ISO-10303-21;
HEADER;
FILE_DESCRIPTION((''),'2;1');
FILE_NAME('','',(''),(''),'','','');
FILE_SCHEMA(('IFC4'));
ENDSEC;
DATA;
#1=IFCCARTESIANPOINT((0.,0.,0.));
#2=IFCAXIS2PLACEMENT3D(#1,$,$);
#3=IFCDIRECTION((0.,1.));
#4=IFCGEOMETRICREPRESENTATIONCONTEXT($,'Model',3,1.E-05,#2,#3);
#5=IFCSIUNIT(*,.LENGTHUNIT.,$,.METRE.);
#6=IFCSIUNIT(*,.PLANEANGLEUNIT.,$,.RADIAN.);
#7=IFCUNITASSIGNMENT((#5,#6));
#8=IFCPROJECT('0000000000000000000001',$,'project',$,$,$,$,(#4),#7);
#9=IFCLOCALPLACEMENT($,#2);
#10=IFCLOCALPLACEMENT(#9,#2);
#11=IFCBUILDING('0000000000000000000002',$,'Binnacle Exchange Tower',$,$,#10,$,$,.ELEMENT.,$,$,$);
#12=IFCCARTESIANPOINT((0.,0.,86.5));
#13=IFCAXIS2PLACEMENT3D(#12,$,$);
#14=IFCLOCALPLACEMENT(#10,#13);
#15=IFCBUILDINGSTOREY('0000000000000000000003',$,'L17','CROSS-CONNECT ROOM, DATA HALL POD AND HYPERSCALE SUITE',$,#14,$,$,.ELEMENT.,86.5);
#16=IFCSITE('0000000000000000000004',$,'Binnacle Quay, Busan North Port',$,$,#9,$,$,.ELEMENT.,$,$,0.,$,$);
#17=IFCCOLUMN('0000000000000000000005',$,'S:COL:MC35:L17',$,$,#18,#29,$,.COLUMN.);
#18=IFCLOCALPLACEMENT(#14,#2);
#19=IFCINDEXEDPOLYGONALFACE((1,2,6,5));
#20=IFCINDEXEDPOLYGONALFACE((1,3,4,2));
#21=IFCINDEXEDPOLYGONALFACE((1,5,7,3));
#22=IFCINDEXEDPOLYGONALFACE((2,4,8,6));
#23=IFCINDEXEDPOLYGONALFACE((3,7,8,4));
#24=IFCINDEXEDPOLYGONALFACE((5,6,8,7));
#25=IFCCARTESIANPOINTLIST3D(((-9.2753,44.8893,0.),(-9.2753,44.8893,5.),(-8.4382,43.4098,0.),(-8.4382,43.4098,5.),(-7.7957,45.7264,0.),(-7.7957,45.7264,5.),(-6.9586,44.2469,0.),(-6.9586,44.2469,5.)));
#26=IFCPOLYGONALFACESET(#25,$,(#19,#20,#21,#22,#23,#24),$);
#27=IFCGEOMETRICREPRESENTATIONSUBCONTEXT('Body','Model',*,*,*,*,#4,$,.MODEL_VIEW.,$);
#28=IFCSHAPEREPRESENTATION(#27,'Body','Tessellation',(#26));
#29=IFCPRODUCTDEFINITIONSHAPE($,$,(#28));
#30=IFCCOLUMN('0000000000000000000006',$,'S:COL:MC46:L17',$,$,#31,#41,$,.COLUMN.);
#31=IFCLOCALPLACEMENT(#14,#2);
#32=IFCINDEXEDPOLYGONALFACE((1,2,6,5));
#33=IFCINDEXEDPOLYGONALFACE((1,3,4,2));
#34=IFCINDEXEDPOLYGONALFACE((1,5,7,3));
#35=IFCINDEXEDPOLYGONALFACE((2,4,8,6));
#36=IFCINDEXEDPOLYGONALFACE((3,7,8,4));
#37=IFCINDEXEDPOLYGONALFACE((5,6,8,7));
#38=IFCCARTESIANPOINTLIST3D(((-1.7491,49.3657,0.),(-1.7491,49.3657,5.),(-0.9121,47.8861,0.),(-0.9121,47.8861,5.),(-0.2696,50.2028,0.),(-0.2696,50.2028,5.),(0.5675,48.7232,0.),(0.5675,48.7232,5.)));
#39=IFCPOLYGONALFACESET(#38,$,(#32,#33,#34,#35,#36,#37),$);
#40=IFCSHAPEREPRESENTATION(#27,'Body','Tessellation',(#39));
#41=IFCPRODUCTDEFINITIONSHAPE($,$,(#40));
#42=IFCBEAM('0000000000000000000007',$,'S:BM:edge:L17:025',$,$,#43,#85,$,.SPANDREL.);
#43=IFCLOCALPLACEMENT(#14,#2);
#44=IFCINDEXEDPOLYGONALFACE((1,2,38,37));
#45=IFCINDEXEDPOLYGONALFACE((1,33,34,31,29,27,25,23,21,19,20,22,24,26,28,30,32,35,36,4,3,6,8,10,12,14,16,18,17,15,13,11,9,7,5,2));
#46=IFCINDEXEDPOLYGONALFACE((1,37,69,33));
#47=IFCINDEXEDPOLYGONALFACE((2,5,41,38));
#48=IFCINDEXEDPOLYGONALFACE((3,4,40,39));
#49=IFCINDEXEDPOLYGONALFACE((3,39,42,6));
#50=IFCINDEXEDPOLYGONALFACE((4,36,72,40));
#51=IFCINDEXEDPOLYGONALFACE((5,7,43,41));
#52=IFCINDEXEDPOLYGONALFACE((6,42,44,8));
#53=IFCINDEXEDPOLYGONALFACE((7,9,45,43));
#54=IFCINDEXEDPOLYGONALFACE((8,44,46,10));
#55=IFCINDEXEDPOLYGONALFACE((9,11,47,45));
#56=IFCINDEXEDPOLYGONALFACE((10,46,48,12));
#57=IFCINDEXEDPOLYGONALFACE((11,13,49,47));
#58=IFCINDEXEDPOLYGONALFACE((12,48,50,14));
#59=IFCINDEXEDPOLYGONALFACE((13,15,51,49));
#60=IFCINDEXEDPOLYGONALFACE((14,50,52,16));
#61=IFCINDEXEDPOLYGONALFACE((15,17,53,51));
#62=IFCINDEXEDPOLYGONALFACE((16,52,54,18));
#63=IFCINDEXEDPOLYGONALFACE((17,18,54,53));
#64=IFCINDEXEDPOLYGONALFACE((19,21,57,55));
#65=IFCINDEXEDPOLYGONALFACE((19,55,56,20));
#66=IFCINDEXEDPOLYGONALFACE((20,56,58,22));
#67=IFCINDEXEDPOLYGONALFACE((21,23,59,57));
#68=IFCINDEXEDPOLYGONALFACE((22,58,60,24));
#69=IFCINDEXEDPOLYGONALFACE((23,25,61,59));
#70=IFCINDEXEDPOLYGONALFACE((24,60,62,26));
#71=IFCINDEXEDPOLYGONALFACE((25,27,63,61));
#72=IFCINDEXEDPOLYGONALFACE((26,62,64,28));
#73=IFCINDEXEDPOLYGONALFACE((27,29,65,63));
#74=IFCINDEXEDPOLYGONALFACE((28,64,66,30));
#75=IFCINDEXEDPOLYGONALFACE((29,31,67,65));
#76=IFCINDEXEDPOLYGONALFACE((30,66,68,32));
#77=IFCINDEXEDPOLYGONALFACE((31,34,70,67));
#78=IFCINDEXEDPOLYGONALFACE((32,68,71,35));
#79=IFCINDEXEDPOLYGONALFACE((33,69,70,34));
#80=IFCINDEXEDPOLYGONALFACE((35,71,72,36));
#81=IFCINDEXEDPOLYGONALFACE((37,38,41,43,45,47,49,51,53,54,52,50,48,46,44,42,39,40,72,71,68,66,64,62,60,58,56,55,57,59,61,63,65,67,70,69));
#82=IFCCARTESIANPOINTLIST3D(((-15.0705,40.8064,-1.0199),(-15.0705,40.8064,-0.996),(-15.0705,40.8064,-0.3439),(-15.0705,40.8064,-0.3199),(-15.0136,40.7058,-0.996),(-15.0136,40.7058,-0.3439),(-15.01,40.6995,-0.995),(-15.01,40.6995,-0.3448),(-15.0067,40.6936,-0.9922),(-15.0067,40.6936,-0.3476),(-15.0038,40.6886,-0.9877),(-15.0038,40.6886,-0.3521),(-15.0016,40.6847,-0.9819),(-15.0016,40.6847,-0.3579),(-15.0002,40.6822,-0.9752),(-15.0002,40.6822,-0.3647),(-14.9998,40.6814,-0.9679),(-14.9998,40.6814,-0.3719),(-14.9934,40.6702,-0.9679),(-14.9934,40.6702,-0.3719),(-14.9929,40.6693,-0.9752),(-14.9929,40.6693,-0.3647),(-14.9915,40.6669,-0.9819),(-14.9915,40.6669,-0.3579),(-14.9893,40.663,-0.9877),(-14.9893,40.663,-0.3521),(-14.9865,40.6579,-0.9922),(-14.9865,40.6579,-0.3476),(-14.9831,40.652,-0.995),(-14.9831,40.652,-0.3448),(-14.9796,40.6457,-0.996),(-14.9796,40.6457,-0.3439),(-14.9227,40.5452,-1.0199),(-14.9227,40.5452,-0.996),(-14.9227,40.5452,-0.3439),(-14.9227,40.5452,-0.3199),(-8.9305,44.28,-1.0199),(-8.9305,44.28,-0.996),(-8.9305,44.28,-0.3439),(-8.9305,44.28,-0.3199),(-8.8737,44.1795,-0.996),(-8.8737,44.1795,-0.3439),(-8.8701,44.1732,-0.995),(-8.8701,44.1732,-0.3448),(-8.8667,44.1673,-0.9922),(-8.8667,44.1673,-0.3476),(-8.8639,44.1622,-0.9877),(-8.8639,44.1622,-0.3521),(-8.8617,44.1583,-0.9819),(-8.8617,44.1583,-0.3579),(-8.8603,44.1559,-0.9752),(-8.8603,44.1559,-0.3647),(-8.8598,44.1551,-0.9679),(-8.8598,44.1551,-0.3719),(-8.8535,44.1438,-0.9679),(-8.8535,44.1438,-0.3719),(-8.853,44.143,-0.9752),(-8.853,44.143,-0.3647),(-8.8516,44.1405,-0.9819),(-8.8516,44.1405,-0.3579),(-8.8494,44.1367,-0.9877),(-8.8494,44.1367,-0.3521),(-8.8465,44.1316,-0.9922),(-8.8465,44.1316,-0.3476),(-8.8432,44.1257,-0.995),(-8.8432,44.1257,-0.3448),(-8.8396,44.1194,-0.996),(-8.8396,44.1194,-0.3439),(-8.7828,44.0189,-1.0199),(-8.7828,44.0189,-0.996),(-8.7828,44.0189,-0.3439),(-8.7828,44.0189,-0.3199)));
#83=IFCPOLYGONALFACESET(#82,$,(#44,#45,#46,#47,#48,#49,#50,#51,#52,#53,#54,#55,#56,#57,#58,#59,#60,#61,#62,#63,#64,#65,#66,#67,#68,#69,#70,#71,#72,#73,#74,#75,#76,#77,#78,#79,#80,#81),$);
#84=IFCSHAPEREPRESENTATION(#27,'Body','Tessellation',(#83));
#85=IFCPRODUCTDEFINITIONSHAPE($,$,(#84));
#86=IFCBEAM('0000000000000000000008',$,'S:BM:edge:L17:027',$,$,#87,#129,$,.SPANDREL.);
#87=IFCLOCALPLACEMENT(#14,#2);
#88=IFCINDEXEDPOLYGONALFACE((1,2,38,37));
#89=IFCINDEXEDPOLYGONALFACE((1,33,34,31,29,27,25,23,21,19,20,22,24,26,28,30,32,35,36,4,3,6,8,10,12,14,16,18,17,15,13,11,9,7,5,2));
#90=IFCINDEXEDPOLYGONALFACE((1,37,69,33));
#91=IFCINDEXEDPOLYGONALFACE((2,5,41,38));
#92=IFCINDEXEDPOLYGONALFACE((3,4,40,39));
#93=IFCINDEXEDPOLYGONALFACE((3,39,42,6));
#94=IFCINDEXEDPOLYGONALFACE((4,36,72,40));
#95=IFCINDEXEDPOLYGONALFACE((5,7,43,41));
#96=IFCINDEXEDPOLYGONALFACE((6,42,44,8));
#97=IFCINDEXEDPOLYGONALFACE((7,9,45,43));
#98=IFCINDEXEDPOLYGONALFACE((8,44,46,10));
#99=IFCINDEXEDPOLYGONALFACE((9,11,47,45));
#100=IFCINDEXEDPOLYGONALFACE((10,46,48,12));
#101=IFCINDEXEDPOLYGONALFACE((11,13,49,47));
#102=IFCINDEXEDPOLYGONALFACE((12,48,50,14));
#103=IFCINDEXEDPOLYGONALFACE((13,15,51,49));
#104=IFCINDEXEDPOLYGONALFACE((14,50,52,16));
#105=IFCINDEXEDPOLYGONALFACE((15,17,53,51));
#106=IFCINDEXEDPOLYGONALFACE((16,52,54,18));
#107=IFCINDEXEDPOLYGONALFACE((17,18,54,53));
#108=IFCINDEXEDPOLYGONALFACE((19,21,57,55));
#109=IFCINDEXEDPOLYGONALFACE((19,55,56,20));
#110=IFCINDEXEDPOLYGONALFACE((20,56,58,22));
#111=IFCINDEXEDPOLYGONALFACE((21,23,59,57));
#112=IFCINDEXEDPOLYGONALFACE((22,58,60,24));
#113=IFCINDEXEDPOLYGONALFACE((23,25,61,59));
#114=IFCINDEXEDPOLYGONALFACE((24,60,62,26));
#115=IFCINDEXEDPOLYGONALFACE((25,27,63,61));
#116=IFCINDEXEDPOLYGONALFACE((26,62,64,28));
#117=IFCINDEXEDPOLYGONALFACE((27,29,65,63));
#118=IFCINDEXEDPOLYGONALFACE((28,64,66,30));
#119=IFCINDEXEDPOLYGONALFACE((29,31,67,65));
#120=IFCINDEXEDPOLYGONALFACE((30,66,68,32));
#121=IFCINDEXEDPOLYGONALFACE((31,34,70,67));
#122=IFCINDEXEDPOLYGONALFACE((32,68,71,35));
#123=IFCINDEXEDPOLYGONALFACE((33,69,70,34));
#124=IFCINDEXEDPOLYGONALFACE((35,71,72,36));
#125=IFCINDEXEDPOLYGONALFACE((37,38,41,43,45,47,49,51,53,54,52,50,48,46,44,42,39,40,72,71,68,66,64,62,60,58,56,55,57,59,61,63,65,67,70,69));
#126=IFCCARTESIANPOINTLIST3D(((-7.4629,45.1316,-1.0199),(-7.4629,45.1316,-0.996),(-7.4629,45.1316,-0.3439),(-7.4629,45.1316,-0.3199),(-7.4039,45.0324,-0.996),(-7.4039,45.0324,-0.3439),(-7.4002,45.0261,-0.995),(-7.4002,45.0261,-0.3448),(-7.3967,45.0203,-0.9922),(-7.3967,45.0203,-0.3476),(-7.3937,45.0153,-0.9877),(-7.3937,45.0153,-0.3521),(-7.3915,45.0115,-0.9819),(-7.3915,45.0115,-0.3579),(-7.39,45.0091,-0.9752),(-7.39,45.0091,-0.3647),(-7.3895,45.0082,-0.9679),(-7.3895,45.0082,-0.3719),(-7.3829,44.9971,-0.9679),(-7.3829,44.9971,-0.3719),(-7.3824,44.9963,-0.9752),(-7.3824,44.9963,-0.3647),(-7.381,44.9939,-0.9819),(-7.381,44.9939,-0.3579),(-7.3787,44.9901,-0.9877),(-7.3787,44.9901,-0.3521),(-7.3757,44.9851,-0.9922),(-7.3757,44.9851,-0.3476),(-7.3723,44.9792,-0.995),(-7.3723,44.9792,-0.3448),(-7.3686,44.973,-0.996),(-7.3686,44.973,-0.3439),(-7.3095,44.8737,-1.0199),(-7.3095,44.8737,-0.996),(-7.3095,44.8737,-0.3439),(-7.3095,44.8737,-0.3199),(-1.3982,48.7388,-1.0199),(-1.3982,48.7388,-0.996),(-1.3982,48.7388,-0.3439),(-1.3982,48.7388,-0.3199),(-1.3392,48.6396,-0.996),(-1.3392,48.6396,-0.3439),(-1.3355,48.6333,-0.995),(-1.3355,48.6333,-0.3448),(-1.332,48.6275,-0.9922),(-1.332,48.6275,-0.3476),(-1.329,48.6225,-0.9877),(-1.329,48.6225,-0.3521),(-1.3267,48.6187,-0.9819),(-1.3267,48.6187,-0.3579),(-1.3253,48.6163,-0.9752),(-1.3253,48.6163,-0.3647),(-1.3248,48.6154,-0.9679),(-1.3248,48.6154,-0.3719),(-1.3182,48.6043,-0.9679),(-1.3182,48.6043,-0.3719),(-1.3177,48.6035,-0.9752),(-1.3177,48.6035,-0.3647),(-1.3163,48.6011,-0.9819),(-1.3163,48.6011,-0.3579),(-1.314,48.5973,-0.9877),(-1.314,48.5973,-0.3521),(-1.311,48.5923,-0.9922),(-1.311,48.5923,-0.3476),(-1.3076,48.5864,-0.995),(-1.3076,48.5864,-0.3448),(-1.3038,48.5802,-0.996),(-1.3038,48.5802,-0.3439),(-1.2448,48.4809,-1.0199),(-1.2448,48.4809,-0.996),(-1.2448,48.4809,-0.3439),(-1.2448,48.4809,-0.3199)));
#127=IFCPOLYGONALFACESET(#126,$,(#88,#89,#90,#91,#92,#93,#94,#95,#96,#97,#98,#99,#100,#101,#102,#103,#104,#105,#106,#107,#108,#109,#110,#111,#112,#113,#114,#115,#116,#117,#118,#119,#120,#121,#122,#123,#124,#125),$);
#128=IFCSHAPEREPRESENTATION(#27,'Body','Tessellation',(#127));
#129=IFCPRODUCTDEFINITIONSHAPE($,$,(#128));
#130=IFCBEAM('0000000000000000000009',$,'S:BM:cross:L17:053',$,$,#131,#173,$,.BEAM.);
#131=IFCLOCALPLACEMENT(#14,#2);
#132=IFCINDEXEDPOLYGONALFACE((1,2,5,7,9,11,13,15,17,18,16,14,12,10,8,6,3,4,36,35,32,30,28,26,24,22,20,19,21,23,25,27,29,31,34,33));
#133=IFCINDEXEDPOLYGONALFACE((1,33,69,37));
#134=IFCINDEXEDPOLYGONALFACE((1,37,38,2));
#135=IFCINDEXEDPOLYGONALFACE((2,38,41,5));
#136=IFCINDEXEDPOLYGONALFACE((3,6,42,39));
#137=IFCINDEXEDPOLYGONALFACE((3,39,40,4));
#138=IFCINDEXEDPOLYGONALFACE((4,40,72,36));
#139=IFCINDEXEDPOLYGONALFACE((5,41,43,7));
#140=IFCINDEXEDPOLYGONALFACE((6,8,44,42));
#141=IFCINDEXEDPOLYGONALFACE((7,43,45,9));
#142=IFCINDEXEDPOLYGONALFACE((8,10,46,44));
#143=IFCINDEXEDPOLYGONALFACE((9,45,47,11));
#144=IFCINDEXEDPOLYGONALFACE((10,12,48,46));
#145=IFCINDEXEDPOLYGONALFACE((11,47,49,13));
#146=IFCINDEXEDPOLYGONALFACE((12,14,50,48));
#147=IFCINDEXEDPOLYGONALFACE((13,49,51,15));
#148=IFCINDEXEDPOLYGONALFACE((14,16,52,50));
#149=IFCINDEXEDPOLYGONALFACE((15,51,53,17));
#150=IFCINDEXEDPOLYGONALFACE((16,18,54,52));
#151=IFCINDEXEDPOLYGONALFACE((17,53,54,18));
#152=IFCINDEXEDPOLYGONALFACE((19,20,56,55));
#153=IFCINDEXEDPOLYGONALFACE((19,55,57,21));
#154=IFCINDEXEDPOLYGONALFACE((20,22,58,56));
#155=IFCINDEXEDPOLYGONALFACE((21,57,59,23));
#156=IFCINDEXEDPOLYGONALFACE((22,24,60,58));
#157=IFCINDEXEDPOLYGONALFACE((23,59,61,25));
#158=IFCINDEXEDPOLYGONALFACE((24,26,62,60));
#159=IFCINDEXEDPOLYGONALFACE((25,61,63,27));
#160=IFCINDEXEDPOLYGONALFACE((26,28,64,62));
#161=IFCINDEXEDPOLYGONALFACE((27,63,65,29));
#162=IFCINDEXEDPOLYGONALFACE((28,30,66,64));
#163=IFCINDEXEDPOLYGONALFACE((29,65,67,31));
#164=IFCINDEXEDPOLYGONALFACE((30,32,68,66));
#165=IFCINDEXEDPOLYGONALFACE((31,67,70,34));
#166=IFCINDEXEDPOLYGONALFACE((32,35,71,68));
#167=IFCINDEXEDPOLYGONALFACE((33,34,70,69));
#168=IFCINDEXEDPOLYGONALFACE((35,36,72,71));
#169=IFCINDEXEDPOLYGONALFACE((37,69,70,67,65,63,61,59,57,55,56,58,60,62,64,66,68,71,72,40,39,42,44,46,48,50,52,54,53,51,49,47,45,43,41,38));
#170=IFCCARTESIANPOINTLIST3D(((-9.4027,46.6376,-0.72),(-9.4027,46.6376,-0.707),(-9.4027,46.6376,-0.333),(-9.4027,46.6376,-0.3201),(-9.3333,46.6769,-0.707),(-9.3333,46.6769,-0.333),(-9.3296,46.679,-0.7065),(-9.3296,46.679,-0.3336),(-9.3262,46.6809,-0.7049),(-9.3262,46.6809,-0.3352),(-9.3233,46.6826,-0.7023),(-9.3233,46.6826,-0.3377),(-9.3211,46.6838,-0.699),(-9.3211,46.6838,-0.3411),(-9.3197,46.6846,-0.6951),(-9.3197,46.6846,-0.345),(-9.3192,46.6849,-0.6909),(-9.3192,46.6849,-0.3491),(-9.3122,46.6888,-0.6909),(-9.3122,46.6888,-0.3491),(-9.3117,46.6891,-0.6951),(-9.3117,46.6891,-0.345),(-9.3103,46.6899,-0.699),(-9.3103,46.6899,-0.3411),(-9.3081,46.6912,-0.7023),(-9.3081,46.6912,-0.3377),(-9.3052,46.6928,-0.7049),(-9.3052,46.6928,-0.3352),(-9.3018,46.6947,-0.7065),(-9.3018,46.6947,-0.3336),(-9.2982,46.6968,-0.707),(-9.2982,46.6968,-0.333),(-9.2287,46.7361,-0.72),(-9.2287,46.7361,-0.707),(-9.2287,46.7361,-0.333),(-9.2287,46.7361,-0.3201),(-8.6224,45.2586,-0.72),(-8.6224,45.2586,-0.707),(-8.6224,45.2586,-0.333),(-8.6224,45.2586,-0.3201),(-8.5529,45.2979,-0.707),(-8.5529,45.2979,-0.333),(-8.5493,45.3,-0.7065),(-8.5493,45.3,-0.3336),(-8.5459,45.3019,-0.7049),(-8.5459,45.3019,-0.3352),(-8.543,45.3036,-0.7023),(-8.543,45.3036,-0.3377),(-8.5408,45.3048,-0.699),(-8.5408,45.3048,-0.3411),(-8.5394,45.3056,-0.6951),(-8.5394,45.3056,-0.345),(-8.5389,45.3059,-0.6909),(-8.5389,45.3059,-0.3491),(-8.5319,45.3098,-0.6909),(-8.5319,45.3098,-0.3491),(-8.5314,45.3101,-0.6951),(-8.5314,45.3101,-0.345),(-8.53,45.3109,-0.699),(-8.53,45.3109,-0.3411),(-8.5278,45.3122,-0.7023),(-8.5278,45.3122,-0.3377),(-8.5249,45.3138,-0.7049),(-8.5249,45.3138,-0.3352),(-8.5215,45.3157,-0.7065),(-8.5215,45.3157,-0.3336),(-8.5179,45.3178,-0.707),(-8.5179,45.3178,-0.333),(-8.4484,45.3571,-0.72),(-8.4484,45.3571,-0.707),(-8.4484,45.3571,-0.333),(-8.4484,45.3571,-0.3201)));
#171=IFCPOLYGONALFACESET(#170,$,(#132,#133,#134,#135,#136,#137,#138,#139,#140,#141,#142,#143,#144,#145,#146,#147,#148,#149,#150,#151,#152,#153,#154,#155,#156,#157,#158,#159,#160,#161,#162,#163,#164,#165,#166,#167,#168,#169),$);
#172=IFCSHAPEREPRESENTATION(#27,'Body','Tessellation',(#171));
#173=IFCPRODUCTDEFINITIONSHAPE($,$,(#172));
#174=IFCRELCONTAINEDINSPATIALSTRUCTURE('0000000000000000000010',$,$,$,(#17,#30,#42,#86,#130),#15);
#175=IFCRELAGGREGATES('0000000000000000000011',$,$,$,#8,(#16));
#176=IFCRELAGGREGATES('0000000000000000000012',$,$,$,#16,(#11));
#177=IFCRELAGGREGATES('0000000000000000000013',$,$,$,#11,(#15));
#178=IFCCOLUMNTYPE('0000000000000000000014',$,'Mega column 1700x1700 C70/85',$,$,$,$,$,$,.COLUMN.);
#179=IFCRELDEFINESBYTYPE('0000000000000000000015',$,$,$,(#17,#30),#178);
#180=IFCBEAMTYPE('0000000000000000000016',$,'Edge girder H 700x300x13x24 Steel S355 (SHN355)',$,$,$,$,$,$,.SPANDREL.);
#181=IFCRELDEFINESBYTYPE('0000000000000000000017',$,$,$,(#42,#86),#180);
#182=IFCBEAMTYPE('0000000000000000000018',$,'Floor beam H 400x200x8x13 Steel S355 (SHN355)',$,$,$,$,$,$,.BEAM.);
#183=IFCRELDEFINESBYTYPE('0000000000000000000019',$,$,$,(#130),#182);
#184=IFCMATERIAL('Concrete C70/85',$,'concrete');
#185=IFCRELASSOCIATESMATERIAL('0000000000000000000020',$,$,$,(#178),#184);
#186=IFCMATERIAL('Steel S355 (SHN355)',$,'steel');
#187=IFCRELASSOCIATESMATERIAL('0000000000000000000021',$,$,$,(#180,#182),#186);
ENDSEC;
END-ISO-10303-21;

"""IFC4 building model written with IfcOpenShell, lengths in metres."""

from ifc_helpers import new_model, si_unit, direction, frame, origin, origin_2d, place, context, subcontext, project, spatial, rectangle, i_section, extrude, material, material_profile, profile_set, type_object, element, save


model = new_model("IFC4")

# Units and contexts
model_context = context("Model", 3, precision=1e-05, world=origin(), true_north=direction((0.0, 1.0)))
body_context = subcontext(model_context, "Body", "Model", "MODEL_VIEW")
ifc_project = project(units=[si_unit("LENGTHUNIT", "METRE"), si_unit("PLANEANGLEUNIT", "RADIAN")], contexts=[model_context])

# Site, building, storey
site_placement = place(None, origin())
site = spatial("IfcSite", under=ifc_project, at=site_placement, Name="Binnacle Quay, Busan North Port", CompositionType="ELEMENT", RefElevation=0.0)
building_placement = place(site_placement, origin())
building = spatial("IfcBuilding", under=site, at=building_placement, Name="Binnacle Exchange Tower", CompositionType="ELEMENT")
storey_placement = place(building_placement, frame((0.0, 0.0, 86.5)))
storey = spatial("IfcBuildingStorey", under=building, at=storey_placement, Name="L17", Description="CROSS-CONNECT ROOM, DATA HALL POD AND HYPERSCALE SUITE", CompositionType="ELEMENT", Elevation=86.5)

# Columns
ifc_material_1 = material(Name="Concrete C70/85", Category="concrete")
ifc_material_profile_1 = material_profile(ifc_material_1, rectangle(XDim=1.7, YDim=1.7, at=origin_2d()), Name="Mega column 1700x1700 C70/85")
ifc_profile_set_1 = profile_set([ifc_material_profile_1], Name="Concrete C70/85")
column_type = type_object("IfcColumnType", Name="Mega column 1700x1700 C70/85", PredefinedType="COLUMN", material=ifc_profile_set_1)
for number, where, z_axis, x_axis, name in (
    (1, (-8.1169, 44.5681, 0.0), (0.0, 0.0, 1.0), (0.870356, 0.492424, 0.0), "S:COL:MC35:L17"),
    (2, (-0.5908, 49.0444, 0.0), (0.0, 0.0, 1.0), (0.870356, 0.492424, 0.0), "S:COL:MC46:L17"),
):
    element("IfcColumn", number, at=place(storey_placement, frame(where, z_axis=z_axis, x_axis=x_axis)), inside=storey, type_object=column_type, Name=name, PredefinedType="COLUMN", context=body_context, shape_type="SweptSolid", body=[
        extrude(rectangle(XDim=1.7, YDim=1.7, at=origin_2d()), origin(), (0.0, 0.0, 1.0), 5.0),
    ])

# Beams
ifc_material_2 = material(Name="Steel S355 (SHN355)", Category="steel")
ifc_material_profile_2 = material_profile(ifc_material_2, i_section(OverallWidth=0.3, OverallDepth=0.7, WebThickness=0.0129, FlangeThickness=0.0239, FilletRadius=0.0281, at=origin_2d()), Name="H 700x300x13x24")
ifc_profile_set_2 = profile_set([ifc_material_profile_2], Name="Steel S355 (SHN355)")
beam_type_1 = type_object("IfcBeamType", Name="Edge girder H 700x300x13x24 Steel S355 (SHN355)", PredefinedType="SPANDREL", material=ifc_profile_set_2)
beam_1_placement = place(storey_placement, frame((-14.9966, 40.6758, -0.6699), z_axis=(0.870365, 0.492407, 0.0), x_axis=(-0.492407, 0.870365, 0.0)))
element("IfcBeam", 3, at=beam_1_placement, inside=storey, type_object=beam_type_1, Name="S:BM:edge:L17:025", PredefinedType="SPANDREL", context=body_context, shape_type="SweptSolid", body=[
    extrude(i_section(OverallWidth=0.3, OverallDepth=0.7, WebThickness=0.0129, FlangeThickness=0.0239, FilletRadius=0.0281, at=origin_2d()), origin(), (0.0, 0.0, 1.0), 7.0544),
])
beam_2_placement = place(storey_placement, frame((-7.3862, 45.0027, -0.6699), z_axis=(0.859465, 0.511195, 0.0), x_axis=(-0.511195, 0.859465, 0.0)))
element("IfcBeam", 4, at=beam_2_placement, inside=storey, type_object=beam_type_1, Name="S:BM:edge:L17:027", PredefinedType="SPANDREL", context=body_context, shape_type="SweptSolid", body=[
    extrude(i_section(OverallWidth=0.3, OverallDepth=0.7, WebThickness=0.0129, FlangeThickness=0.0239, FilletRadius=0.0281, at=origin_2d()), origin(), (0.0, 0.0, 1.0), 7.0564),
])
ifc_material_profile_3 = material_profile(ifc_material_2, i_section(OverallWidth=0.2, OverallDepth=0.3999, WebThickness=0.0081, FlangeThickness=0.0129, FilletRadius=0.0161, at=origin_2d()), Name="H 400x200x8x13")
ifc_profile_set_3 = profile_set([ifc_material_profile_3], Name="Steel S355 (SHN355)")
beam_type_2 = type_object("IfcBeamType", Name="Floor beam H 400x200x8x13 Steel S355 (SHN355)", PredefinedType="BEAM", material=ifc_profile_set_3)
beam_3_placement = place(storey_placement, frame((-8.5354, 45.3079, -0.52), z_axis=(-0.492484, 0.870322, 0.0), x_axis=(-0.870322, -0.492484, 0.0)))
element("IfcBeam", 5, at=beam_3_placement, inside=storey, type_object=beam_type_2, Name="S:BM:cross:L17:053", PredefinedType="BEAM", context=body_context, shape_type="SweptSolid", body=[
    extrude(i_section(OverallWidth=0.2, OverallDepth=0.3999, WebThickness=0.0081, FlangeThickness=0.0129, FilletRadius=0.0161, at=origin_2d()), origin(), (0.0, 0.0, 1.0), 1.5845),
])

save(model, "model.ifc")
